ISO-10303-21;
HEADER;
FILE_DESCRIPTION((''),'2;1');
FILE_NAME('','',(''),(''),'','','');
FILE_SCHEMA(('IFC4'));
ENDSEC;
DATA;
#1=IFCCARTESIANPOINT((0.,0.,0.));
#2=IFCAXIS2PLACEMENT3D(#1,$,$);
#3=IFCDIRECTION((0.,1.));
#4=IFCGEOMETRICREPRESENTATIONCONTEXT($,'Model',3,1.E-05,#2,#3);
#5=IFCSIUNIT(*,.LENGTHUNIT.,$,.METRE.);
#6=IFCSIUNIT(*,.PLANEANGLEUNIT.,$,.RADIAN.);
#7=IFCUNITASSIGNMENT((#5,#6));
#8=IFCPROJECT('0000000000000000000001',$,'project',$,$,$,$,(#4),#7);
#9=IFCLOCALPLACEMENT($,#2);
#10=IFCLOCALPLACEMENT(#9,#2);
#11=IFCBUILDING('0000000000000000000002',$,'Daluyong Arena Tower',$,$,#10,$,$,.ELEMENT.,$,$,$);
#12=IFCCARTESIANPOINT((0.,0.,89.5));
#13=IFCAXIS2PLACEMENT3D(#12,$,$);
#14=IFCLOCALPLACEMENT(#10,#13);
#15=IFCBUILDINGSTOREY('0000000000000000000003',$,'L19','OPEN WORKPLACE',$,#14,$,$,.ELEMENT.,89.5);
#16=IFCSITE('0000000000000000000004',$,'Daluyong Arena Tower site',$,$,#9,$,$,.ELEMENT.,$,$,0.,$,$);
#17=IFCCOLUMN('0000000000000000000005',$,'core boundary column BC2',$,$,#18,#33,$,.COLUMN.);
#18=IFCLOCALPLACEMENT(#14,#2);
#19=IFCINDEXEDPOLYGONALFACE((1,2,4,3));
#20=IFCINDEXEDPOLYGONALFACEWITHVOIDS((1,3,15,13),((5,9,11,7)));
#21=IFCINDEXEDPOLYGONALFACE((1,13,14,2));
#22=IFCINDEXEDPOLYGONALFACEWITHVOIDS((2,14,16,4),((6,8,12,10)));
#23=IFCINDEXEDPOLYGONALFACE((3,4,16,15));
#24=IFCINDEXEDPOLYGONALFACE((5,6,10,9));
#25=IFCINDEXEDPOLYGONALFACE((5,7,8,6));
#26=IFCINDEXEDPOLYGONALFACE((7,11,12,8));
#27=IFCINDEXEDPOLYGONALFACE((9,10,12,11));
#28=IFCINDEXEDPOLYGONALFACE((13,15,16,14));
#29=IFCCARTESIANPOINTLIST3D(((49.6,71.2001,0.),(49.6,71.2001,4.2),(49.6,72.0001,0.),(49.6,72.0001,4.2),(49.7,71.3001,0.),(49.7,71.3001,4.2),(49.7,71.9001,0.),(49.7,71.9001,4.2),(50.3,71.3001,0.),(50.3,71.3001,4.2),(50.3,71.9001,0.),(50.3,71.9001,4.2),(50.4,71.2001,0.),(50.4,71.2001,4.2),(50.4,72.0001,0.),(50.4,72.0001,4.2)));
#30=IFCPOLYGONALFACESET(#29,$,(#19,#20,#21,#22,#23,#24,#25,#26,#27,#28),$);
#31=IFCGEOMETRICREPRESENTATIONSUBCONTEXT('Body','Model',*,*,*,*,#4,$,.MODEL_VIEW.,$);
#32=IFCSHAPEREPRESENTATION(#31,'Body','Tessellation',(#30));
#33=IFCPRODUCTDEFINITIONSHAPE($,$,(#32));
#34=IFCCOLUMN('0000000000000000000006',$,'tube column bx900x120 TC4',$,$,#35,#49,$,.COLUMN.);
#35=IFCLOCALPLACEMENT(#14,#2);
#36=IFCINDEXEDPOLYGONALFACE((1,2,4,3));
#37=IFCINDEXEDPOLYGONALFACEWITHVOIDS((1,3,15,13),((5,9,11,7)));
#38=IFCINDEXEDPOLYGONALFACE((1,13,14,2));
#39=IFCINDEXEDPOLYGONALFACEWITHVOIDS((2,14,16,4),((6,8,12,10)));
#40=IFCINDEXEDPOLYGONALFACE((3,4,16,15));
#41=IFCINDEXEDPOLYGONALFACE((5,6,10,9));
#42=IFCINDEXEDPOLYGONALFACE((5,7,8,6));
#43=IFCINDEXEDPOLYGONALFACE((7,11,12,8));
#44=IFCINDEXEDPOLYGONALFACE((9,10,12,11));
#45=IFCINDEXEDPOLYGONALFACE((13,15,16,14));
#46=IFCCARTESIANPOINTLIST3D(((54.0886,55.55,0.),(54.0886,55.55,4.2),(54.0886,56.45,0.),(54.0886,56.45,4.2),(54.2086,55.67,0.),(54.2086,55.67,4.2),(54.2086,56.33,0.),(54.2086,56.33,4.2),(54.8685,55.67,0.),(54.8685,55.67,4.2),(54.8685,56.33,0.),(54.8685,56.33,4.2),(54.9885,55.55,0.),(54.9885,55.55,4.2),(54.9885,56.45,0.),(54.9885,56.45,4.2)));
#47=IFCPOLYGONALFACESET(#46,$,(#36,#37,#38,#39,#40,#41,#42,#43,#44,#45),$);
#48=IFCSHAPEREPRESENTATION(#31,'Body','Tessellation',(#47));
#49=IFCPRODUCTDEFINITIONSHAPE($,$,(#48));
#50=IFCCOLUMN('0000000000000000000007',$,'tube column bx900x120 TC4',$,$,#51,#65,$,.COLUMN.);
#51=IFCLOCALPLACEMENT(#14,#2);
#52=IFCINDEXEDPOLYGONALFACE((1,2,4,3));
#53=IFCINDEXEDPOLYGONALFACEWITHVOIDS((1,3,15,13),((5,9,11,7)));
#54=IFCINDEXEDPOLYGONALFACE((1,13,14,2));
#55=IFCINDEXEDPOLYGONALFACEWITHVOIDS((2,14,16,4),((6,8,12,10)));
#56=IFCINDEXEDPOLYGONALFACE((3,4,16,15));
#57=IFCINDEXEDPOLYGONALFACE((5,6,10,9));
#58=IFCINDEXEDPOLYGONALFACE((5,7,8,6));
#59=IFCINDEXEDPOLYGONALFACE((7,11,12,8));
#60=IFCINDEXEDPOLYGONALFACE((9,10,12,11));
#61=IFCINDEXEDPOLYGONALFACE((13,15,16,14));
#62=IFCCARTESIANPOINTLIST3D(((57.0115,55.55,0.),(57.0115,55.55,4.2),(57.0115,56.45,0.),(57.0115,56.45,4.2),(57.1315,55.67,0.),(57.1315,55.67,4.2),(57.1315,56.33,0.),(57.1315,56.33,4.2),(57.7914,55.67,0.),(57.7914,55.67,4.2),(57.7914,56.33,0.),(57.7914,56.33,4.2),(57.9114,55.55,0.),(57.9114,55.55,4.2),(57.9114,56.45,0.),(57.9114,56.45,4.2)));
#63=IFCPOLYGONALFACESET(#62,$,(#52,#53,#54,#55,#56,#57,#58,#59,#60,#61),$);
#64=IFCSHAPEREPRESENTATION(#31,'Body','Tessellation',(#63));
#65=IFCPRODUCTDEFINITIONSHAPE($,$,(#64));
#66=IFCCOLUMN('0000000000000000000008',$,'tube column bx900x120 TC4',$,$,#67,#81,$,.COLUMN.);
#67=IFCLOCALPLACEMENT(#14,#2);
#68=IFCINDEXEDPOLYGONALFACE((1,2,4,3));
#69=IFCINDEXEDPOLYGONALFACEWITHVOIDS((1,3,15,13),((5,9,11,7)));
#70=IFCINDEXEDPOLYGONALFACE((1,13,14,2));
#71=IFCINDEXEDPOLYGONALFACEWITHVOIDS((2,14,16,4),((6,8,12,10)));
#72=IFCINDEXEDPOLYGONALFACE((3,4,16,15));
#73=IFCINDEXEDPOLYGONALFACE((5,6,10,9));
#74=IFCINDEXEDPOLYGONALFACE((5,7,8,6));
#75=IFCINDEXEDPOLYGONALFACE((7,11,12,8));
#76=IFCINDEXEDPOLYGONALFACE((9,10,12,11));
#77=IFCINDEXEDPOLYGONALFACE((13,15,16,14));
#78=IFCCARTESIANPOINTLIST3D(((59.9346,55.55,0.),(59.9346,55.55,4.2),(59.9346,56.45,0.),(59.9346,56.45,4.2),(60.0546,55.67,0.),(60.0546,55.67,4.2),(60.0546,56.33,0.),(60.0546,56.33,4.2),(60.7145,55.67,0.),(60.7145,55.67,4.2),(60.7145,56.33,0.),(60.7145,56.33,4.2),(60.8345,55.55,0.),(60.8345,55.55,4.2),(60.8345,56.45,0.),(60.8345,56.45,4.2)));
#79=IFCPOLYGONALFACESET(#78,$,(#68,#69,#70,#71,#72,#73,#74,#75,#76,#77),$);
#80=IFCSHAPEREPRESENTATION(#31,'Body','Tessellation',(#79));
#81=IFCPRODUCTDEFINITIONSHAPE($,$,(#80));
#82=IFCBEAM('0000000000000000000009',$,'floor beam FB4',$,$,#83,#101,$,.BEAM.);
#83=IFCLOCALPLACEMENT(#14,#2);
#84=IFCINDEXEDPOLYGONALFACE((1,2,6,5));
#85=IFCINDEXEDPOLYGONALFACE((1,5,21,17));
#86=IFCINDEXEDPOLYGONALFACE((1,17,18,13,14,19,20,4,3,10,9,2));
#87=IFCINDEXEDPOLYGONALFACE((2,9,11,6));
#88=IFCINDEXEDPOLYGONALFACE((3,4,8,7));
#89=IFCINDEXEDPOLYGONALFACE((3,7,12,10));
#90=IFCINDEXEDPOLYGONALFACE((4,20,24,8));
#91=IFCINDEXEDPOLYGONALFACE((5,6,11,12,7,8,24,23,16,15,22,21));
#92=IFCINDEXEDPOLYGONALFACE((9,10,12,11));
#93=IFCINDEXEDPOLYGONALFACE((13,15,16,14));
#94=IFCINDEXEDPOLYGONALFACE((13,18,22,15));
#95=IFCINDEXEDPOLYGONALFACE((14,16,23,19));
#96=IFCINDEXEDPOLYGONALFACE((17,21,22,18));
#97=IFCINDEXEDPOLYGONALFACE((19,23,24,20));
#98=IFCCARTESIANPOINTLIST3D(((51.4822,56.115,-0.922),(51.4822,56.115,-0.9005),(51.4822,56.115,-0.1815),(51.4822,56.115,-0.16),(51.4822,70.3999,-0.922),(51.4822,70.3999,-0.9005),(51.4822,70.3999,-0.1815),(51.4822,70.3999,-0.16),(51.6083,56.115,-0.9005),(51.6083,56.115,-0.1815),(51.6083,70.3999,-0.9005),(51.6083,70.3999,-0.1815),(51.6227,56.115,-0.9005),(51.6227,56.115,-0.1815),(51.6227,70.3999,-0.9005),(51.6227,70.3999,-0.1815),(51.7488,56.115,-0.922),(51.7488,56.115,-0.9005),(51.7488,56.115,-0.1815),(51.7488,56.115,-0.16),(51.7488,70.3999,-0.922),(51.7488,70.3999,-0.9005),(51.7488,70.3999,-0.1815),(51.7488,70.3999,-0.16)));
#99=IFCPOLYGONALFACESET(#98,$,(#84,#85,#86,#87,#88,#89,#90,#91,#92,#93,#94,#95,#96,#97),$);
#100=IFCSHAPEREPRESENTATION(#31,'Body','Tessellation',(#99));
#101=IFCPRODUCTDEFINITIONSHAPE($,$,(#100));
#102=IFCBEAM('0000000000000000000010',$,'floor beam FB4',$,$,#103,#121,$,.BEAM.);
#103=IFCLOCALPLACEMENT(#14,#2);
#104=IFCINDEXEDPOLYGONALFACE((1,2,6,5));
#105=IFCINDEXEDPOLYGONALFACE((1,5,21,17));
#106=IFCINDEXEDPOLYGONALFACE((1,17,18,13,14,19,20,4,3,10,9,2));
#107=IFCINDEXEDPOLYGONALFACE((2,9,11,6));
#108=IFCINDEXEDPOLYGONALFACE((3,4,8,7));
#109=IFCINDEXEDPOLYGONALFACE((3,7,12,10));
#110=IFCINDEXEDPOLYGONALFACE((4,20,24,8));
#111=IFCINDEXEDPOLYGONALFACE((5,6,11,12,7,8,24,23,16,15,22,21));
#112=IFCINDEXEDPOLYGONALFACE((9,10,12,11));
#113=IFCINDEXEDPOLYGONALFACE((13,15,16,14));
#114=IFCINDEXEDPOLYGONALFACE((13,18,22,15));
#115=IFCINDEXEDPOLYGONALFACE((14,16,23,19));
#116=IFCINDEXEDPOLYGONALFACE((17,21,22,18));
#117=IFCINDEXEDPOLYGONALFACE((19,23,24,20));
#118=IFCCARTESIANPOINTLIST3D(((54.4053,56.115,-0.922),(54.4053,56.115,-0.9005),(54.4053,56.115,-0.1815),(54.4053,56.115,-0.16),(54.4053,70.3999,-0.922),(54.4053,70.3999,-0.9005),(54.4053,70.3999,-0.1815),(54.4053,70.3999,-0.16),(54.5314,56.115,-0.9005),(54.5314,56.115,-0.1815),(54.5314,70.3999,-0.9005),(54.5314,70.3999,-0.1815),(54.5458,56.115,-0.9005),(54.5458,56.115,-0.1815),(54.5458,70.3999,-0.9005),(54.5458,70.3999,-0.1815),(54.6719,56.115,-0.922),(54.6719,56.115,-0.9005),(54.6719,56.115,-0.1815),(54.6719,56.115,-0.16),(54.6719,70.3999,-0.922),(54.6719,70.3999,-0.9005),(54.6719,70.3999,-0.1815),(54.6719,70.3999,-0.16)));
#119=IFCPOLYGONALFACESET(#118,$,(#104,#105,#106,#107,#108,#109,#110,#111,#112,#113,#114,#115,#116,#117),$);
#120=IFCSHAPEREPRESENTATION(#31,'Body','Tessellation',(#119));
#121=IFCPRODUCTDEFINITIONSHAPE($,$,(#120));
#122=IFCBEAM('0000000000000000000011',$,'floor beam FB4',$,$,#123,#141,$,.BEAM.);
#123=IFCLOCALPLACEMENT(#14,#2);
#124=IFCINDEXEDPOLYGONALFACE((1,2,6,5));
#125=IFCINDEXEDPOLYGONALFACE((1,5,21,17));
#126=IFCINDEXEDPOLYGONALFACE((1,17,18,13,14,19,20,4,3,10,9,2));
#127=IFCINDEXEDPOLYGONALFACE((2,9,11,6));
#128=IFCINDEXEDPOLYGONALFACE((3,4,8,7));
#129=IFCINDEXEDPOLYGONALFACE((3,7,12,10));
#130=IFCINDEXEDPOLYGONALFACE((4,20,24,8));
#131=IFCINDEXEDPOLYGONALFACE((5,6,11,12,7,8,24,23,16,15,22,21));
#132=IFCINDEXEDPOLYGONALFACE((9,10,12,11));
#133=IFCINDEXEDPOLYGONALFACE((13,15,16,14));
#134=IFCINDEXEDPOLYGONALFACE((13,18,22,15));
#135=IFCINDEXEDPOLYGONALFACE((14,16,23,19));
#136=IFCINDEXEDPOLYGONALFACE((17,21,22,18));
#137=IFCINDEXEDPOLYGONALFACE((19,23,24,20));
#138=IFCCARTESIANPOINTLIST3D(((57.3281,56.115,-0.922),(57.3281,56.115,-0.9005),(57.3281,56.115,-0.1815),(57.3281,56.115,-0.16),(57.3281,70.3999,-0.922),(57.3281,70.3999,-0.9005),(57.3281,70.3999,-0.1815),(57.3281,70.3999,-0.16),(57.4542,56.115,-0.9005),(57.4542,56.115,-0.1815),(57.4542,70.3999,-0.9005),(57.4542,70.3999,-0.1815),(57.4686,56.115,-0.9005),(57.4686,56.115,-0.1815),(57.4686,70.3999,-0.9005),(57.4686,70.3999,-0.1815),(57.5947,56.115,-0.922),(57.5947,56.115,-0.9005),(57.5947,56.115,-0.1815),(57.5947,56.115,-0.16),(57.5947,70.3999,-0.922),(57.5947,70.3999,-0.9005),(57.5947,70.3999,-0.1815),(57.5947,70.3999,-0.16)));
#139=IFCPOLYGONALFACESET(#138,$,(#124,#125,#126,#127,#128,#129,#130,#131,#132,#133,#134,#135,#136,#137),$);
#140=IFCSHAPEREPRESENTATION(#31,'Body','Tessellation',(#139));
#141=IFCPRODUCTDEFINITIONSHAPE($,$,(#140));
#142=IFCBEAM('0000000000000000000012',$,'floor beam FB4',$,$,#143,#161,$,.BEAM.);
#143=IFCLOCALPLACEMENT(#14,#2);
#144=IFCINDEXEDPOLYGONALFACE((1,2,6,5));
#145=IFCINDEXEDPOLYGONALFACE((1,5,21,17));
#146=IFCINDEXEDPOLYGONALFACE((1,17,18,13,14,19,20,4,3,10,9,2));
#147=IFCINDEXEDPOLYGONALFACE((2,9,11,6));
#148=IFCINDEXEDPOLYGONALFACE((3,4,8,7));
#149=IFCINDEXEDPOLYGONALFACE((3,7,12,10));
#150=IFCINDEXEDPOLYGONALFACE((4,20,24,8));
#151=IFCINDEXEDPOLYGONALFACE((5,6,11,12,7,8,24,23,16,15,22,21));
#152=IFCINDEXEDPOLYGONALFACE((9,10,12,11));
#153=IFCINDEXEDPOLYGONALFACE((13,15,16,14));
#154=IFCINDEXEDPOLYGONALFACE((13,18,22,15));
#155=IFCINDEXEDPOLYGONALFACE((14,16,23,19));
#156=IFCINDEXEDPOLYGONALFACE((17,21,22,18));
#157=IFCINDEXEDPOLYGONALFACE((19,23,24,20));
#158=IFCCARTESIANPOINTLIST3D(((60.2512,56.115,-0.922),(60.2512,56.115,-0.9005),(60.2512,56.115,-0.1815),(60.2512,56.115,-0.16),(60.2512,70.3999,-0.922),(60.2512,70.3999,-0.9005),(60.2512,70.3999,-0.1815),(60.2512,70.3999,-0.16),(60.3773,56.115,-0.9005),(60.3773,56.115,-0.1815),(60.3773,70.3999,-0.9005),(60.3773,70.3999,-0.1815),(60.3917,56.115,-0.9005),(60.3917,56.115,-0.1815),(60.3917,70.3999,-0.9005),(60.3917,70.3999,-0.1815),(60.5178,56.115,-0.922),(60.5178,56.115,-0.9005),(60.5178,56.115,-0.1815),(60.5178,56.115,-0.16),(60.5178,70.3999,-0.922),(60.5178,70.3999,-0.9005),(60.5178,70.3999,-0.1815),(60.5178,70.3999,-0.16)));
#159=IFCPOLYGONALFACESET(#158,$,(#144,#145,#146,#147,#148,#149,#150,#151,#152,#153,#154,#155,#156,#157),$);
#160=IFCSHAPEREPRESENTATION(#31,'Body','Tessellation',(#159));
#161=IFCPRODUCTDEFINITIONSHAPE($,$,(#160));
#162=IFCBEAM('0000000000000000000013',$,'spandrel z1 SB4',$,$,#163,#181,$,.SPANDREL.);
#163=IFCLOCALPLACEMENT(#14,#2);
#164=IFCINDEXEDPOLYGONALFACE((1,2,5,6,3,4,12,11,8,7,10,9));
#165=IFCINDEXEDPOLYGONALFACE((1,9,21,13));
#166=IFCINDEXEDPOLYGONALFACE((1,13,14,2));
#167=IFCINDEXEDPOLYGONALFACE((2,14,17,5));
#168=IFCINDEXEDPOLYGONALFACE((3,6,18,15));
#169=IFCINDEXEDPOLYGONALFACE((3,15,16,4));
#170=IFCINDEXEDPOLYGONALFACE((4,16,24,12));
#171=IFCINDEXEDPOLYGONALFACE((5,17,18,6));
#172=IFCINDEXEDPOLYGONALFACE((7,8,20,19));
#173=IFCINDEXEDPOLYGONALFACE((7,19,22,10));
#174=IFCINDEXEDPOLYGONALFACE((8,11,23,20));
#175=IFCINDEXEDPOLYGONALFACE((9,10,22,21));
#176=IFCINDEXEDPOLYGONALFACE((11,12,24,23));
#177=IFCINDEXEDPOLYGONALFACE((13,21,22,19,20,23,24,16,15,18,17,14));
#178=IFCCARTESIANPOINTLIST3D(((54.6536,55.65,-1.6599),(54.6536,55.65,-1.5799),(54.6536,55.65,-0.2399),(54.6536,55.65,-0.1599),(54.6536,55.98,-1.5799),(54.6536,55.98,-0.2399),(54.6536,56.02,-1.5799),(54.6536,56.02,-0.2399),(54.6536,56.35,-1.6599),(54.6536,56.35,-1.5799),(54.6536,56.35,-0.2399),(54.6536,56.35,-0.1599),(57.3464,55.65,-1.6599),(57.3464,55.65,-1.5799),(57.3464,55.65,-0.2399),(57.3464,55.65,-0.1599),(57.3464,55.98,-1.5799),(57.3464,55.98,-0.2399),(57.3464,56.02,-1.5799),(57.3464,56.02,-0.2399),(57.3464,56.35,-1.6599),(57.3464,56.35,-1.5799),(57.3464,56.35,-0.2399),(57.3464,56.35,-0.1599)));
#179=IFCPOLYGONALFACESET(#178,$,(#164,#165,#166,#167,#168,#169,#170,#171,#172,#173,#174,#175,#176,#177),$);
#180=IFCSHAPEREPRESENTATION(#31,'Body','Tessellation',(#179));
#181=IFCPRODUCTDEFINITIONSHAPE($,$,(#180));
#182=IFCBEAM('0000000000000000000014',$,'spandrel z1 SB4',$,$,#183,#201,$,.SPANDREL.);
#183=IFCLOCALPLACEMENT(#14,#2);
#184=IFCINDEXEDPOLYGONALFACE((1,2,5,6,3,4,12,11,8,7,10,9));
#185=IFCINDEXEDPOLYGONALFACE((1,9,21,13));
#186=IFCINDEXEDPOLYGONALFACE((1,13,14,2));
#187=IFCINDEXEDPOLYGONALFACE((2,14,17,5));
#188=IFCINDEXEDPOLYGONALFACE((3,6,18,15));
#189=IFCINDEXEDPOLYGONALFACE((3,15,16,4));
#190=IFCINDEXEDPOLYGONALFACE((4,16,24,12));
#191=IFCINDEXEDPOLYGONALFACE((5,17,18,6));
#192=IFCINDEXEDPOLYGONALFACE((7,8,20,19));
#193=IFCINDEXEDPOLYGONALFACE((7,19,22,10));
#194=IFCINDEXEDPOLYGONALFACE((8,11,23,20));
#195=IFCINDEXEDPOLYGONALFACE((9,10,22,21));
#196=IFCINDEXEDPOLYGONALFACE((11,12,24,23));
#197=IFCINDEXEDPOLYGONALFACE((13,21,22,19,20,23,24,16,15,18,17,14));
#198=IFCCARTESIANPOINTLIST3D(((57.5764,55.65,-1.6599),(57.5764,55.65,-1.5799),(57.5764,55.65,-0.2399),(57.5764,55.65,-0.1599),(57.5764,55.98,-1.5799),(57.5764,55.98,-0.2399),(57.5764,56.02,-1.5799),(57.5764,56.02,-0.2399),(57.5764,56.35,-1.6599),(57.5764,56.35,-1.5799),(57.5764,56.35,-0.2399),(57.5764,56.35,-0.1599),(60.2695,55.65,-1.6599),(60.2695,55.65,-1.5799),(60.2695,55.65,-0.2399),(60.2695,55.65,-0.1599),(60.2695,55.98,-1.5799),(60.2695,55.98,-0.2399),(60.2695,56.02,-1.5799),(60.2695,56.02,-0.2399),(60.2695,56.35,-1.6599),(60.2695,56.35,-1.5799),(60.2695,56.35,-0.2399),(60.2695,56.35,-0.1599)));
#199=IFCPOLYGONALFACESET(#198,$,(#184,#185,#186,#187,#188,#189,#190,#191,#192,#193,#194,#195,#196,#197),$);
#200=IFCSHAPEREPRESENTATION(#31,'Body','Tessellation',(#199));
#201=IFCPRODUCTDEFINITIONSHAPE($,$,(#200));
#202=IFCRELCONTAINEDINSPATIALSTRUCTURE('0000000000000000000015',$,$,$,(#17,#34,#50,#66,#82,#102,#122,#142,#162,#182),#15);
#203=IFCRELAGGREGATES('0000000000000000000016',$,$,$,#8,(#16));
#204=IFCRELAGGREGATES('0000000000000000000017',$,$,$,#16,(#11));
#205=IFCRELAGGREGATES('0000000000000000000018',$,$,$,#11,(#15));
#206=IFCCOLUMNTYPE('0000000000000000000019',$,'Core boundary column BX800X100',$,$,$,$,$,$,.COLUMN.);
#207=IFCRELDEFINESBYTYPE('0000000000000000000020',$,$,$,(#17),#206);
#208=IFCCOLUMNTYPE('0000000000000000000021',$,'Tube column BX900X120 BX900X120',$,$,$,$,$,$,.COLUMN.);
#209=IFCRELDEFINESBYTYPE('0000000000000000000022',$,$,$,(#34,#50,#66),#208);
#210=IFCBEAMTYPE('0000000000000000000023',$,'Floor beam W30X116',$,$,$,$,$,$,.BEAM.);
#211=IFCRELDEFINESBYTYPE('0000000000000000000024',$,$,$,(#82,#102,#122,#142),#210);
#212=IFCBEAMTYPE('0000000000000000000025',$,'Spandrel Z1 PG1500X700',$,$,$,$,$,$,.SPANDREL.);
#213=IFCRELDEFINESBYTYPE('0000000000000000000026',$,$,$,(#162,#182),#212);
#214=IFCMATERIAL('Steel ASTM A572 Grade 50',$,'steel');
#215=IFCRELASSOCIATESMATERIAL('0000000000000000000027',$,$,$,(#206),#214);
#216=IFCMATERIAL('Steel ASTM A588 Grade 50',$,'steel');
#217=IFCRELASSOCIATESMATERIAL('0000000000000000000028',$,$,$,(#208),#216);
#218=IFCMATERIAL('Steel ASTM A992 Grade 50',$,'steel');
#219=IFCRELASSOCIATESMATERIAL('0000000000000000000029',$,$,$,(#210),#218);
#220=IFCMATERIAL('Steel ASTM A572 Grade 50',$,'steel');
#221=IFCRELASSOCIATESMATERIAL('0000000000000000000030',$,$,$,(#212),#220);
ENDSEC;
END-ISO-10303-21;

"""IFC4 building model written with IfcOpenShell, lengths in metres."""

from ifc_helpers import new_model, si_unit, direction, frame, origin, origin_2d, place, context, subcontext, project, spatial, hollow_rectangle, i_section, extrude, material, material_profile, profile_set, type_object, element, save


model = new_model("IFC4")

# Units and contexts
model_context = context("Model", 3, precision=1e-05, world=origin(), true_north=direction((0.0, 1.0)))
body_context = subcontext(model_context, "Body", "Model", "MODEL_VIEW")
ifc_project = project(units=[si_unit("LENGTHUNIT", "METRE"), si_unit("PLANEANGLEUNIT", "RADIAN")], contexts=[model_context])

# Site, building, storey
site_placement = place(None, origin())
site = spatial("IfcSite", under=ifc_project, at=site_placement, Name="Daluyong Arena Tower site", CompositionType="ELEMENT", RefElevation=0.0)
building_placement = place(site_placement, origin())
building = spatial("IfcBuilding", under=site, at=building_placement, Name="Daluyong Arena Tower", CompositionType="ELEMENT")
storey_placement = place(building_placement, frame((0.0, 0.0, 89.5)))
storey = spatial("IfcBuildingStorey", under=building, at=storey_placement, Name="L19", Description="OPEN WORKPLACE", CompositionType="ELEMENT", Elevation=89.5)

# Columns
ifc_material_1 = material(Name="Steel ASTM A572 Grade 50", Category="steel")
ifc_material_profile_1 = material_profile(ifc_material_1, hollow_rectangle(XDim=0.8, YDim=0.8, WallThickness=0.1, at=origin_2d()))
ifc_profile_set_1 = profile_set([ifc_material_profile_1], Name="Steel ASTM A572 Grade 50")
column_type_1 = type_object("IfcColumnType", Name="Core boundary column BX800X100", PredefinedType="COLUMN", material=ifc_profile_set_1)
column_placement = place(storey_placement, frame((50.0, 71.6001, 0.0), z_axis=(0.0, 0.0, 1.0), x_axis=(1.0, 0.0, 0.0)))
element("IfcColumn", 1, at=column_placement, inside=storey, type_object=column_type_1, Name="core boundary column BC2", PredefinedType="COLUMN", context=body_context, shape_type="SweptSolid", body=[
    extrude(hollow_rectangle(XDim=0.8, YDim=0.8, WallThickness=0.1, at=origin_2d()), origin(), (0.0, 0.0, 1.0), 4.2),
])
ifc_material_2 = material(Name="Steel ASTM A588 Grade 50", Category="steel")
ifc_material_profile_2 = material_profile(ifc_material_2, hollow_rectangle(XDim=0.8999, YDim=0.8999, WallThickness=0.12, at=origin_2d()))
ifc_profile_set_2 = profile_set([ifc_material_profile_2], Name="Steel ASTM A588 Grade 50")
column_type_2 = type_object("IfcColumnType", Name="Tube column BX900X120 BX900X120", PredefinedType="COLUMN", material=ifc_profile_set_2)
for number, where, z_axis, x_axis, name in (
    (2, (54.5386, 56.0, 0.0), (0.0, 0.0, 1.0), (1.0, 0.0, 0.0), "tube column bx900x120 TC4"),
    (3, (57.4614, 56.0, 0.0), (0.0, 0.0, 1.0), (1.0, 0.0, 0.0), "tube column bx900x120 TC4"),
    (4, (60.3845, 56.0, 0.0), (0.0, 0.0, 1.0), (1.0, 0.0, 0.0), "tube column bx900x120 TC4"),
):
    element("IfcColumn", number, at=place(storey_placement, frame(where, z_axis=z_axis, x_axis=x_axis)), inside=storey, type_object=column_type_2, Name=name, PredefinedType="COLUMN", context=body_context, shape_type="SweptSolid", body=[
        extrude(hollow_rectangle(XDim=0.8999, YDim=0.8999, WallThickness=0.12, at=origin_2d()), origin(), (0.0, 0.0, 1.0), 4.2),
    ])

# Beams
ifc_material_3 = material(Name="Steel ASTM A992 Grade 50", Category="steel")
ifc_material_profile_3 = material_profile(ifc_material_3, i_section(OverallWidth=0.2666, OverallDepth=0.762, WebThickness=0.0144, FlangeThickness=0.0215, at=origin_2d()))
ifc_profile_set_3 = profile_set([ifc_material_profile_3], Name="Steel ASTM A992 Grade 50")
beam_type_1 = type_object("IfcBeamType", Name="Floor beam W30X116", PredefinedType="BEAM", material=ifc_profile_set_3)
for number, where, z_axis, x_axis, name in (
    (5, (51.6155, 56.115, -0.541), (0.0, 1.0, 0.0), (-1.0, 0.0, 0.0), "floor beam FB4"),
    (6, (54.5386, 56.115, -0.541), (0.0, 1.0, 0.0), (-1.0, 0.0, 0.0), "floor beam FB4"),
    (7, (57.4614, 56.115, -0.541), (0.0, 1.0, 0.0), (-1.0, 0.0, 0.0), "floor beam FB4"),
    (8, (60.3845, 56.115, -0.541), (0.0, 1.0, 0.0), (-1.0, 0.0, 0.0), "floor beam FB4"),
):
    element("IfcBeam", number, at=place(storey_placement, frame(where, z_axis=z_axis, x_axis=x_axis)), inside=storey, type_object=beam_type_1, Name=name, PredefinedType="BEAM", context=body_context, shape_type="SweptSolid", body=[
        extrude(i_section(OverallWidth=0.2666, OverallDepth=0.762, WebThickness=0.0144, FlangeThickness=0.0215, at=origin_2d()), origin(), (0.0, 0.0, 1.0), 14.2849),
    ])
ifc_material_4 = material(Name="Steel ASTM A572 Grade 50", Category="steel")
ifc_material_profile_4 = material_profile(ifc_material_4, i_section(OverallWidth=0.7, OverallDepth=1.5, WebThickness=0.04, FlangeThickness=0.08, at=origin_2d()))
ifc_profile_set_4 = profile_set([ifc_material_profile_4], Name="Steel ASTM A572 Grade 50")
beam_type_2 = type_object("IfcBeamType", Name="Spandrel Z1 PG1500X700", PredefinedType="SPANDREL", material=ifc_profile_set_4)
beam_placement = place(storey_placement, frame((54.6536, 56.0, -0.9099), z_axis=(1.0, 0.0, 0.0), x_axis=(0.0, 1.0, 0.0)))
element("IfcBeam", 9, at=beam_placement, inside=storey, type_object=beam_type_2, Name="spandrel z1 SB4", PredefinedType="SPANDREL", context=body_context, shape_type="SweptSolid", body=[
    extrude(i_section(OverallWidth=0.7, OverallDepth=1.5, WebThickness=0.04, FlangeThickness=0.08, at=origin_2d()), origin(), (0.0, 0.0, 1.0), 2.6929),
])
for number, where, z_axis, x_axis, name in (
    (10, (57.5764, 56.0, -0.9099), (1.0, 0.0, 0.0), (0.0, 1.0, 0.0), "spandrel z1 SB4"),
):
    element("IfcBeam", number, at=place(storey_placement, frame(where, z_axis=z_axis, x_axis=x_axis)), inside=storey, type_object=beam_type_2, Name=name, PredefinedType="SPANDREL", context=body_context, shape_type="SweptSolid", body=[
        extrude(i_section(OverallWidth=0.7, OverallDepth=1.5, WebThickness=0.04, FlangeThickness=0.08, at=origin_2d()), origin(), (0.0, 0.0, 1.0), 2.6931),
    ])

save(model, "model.ifc")
